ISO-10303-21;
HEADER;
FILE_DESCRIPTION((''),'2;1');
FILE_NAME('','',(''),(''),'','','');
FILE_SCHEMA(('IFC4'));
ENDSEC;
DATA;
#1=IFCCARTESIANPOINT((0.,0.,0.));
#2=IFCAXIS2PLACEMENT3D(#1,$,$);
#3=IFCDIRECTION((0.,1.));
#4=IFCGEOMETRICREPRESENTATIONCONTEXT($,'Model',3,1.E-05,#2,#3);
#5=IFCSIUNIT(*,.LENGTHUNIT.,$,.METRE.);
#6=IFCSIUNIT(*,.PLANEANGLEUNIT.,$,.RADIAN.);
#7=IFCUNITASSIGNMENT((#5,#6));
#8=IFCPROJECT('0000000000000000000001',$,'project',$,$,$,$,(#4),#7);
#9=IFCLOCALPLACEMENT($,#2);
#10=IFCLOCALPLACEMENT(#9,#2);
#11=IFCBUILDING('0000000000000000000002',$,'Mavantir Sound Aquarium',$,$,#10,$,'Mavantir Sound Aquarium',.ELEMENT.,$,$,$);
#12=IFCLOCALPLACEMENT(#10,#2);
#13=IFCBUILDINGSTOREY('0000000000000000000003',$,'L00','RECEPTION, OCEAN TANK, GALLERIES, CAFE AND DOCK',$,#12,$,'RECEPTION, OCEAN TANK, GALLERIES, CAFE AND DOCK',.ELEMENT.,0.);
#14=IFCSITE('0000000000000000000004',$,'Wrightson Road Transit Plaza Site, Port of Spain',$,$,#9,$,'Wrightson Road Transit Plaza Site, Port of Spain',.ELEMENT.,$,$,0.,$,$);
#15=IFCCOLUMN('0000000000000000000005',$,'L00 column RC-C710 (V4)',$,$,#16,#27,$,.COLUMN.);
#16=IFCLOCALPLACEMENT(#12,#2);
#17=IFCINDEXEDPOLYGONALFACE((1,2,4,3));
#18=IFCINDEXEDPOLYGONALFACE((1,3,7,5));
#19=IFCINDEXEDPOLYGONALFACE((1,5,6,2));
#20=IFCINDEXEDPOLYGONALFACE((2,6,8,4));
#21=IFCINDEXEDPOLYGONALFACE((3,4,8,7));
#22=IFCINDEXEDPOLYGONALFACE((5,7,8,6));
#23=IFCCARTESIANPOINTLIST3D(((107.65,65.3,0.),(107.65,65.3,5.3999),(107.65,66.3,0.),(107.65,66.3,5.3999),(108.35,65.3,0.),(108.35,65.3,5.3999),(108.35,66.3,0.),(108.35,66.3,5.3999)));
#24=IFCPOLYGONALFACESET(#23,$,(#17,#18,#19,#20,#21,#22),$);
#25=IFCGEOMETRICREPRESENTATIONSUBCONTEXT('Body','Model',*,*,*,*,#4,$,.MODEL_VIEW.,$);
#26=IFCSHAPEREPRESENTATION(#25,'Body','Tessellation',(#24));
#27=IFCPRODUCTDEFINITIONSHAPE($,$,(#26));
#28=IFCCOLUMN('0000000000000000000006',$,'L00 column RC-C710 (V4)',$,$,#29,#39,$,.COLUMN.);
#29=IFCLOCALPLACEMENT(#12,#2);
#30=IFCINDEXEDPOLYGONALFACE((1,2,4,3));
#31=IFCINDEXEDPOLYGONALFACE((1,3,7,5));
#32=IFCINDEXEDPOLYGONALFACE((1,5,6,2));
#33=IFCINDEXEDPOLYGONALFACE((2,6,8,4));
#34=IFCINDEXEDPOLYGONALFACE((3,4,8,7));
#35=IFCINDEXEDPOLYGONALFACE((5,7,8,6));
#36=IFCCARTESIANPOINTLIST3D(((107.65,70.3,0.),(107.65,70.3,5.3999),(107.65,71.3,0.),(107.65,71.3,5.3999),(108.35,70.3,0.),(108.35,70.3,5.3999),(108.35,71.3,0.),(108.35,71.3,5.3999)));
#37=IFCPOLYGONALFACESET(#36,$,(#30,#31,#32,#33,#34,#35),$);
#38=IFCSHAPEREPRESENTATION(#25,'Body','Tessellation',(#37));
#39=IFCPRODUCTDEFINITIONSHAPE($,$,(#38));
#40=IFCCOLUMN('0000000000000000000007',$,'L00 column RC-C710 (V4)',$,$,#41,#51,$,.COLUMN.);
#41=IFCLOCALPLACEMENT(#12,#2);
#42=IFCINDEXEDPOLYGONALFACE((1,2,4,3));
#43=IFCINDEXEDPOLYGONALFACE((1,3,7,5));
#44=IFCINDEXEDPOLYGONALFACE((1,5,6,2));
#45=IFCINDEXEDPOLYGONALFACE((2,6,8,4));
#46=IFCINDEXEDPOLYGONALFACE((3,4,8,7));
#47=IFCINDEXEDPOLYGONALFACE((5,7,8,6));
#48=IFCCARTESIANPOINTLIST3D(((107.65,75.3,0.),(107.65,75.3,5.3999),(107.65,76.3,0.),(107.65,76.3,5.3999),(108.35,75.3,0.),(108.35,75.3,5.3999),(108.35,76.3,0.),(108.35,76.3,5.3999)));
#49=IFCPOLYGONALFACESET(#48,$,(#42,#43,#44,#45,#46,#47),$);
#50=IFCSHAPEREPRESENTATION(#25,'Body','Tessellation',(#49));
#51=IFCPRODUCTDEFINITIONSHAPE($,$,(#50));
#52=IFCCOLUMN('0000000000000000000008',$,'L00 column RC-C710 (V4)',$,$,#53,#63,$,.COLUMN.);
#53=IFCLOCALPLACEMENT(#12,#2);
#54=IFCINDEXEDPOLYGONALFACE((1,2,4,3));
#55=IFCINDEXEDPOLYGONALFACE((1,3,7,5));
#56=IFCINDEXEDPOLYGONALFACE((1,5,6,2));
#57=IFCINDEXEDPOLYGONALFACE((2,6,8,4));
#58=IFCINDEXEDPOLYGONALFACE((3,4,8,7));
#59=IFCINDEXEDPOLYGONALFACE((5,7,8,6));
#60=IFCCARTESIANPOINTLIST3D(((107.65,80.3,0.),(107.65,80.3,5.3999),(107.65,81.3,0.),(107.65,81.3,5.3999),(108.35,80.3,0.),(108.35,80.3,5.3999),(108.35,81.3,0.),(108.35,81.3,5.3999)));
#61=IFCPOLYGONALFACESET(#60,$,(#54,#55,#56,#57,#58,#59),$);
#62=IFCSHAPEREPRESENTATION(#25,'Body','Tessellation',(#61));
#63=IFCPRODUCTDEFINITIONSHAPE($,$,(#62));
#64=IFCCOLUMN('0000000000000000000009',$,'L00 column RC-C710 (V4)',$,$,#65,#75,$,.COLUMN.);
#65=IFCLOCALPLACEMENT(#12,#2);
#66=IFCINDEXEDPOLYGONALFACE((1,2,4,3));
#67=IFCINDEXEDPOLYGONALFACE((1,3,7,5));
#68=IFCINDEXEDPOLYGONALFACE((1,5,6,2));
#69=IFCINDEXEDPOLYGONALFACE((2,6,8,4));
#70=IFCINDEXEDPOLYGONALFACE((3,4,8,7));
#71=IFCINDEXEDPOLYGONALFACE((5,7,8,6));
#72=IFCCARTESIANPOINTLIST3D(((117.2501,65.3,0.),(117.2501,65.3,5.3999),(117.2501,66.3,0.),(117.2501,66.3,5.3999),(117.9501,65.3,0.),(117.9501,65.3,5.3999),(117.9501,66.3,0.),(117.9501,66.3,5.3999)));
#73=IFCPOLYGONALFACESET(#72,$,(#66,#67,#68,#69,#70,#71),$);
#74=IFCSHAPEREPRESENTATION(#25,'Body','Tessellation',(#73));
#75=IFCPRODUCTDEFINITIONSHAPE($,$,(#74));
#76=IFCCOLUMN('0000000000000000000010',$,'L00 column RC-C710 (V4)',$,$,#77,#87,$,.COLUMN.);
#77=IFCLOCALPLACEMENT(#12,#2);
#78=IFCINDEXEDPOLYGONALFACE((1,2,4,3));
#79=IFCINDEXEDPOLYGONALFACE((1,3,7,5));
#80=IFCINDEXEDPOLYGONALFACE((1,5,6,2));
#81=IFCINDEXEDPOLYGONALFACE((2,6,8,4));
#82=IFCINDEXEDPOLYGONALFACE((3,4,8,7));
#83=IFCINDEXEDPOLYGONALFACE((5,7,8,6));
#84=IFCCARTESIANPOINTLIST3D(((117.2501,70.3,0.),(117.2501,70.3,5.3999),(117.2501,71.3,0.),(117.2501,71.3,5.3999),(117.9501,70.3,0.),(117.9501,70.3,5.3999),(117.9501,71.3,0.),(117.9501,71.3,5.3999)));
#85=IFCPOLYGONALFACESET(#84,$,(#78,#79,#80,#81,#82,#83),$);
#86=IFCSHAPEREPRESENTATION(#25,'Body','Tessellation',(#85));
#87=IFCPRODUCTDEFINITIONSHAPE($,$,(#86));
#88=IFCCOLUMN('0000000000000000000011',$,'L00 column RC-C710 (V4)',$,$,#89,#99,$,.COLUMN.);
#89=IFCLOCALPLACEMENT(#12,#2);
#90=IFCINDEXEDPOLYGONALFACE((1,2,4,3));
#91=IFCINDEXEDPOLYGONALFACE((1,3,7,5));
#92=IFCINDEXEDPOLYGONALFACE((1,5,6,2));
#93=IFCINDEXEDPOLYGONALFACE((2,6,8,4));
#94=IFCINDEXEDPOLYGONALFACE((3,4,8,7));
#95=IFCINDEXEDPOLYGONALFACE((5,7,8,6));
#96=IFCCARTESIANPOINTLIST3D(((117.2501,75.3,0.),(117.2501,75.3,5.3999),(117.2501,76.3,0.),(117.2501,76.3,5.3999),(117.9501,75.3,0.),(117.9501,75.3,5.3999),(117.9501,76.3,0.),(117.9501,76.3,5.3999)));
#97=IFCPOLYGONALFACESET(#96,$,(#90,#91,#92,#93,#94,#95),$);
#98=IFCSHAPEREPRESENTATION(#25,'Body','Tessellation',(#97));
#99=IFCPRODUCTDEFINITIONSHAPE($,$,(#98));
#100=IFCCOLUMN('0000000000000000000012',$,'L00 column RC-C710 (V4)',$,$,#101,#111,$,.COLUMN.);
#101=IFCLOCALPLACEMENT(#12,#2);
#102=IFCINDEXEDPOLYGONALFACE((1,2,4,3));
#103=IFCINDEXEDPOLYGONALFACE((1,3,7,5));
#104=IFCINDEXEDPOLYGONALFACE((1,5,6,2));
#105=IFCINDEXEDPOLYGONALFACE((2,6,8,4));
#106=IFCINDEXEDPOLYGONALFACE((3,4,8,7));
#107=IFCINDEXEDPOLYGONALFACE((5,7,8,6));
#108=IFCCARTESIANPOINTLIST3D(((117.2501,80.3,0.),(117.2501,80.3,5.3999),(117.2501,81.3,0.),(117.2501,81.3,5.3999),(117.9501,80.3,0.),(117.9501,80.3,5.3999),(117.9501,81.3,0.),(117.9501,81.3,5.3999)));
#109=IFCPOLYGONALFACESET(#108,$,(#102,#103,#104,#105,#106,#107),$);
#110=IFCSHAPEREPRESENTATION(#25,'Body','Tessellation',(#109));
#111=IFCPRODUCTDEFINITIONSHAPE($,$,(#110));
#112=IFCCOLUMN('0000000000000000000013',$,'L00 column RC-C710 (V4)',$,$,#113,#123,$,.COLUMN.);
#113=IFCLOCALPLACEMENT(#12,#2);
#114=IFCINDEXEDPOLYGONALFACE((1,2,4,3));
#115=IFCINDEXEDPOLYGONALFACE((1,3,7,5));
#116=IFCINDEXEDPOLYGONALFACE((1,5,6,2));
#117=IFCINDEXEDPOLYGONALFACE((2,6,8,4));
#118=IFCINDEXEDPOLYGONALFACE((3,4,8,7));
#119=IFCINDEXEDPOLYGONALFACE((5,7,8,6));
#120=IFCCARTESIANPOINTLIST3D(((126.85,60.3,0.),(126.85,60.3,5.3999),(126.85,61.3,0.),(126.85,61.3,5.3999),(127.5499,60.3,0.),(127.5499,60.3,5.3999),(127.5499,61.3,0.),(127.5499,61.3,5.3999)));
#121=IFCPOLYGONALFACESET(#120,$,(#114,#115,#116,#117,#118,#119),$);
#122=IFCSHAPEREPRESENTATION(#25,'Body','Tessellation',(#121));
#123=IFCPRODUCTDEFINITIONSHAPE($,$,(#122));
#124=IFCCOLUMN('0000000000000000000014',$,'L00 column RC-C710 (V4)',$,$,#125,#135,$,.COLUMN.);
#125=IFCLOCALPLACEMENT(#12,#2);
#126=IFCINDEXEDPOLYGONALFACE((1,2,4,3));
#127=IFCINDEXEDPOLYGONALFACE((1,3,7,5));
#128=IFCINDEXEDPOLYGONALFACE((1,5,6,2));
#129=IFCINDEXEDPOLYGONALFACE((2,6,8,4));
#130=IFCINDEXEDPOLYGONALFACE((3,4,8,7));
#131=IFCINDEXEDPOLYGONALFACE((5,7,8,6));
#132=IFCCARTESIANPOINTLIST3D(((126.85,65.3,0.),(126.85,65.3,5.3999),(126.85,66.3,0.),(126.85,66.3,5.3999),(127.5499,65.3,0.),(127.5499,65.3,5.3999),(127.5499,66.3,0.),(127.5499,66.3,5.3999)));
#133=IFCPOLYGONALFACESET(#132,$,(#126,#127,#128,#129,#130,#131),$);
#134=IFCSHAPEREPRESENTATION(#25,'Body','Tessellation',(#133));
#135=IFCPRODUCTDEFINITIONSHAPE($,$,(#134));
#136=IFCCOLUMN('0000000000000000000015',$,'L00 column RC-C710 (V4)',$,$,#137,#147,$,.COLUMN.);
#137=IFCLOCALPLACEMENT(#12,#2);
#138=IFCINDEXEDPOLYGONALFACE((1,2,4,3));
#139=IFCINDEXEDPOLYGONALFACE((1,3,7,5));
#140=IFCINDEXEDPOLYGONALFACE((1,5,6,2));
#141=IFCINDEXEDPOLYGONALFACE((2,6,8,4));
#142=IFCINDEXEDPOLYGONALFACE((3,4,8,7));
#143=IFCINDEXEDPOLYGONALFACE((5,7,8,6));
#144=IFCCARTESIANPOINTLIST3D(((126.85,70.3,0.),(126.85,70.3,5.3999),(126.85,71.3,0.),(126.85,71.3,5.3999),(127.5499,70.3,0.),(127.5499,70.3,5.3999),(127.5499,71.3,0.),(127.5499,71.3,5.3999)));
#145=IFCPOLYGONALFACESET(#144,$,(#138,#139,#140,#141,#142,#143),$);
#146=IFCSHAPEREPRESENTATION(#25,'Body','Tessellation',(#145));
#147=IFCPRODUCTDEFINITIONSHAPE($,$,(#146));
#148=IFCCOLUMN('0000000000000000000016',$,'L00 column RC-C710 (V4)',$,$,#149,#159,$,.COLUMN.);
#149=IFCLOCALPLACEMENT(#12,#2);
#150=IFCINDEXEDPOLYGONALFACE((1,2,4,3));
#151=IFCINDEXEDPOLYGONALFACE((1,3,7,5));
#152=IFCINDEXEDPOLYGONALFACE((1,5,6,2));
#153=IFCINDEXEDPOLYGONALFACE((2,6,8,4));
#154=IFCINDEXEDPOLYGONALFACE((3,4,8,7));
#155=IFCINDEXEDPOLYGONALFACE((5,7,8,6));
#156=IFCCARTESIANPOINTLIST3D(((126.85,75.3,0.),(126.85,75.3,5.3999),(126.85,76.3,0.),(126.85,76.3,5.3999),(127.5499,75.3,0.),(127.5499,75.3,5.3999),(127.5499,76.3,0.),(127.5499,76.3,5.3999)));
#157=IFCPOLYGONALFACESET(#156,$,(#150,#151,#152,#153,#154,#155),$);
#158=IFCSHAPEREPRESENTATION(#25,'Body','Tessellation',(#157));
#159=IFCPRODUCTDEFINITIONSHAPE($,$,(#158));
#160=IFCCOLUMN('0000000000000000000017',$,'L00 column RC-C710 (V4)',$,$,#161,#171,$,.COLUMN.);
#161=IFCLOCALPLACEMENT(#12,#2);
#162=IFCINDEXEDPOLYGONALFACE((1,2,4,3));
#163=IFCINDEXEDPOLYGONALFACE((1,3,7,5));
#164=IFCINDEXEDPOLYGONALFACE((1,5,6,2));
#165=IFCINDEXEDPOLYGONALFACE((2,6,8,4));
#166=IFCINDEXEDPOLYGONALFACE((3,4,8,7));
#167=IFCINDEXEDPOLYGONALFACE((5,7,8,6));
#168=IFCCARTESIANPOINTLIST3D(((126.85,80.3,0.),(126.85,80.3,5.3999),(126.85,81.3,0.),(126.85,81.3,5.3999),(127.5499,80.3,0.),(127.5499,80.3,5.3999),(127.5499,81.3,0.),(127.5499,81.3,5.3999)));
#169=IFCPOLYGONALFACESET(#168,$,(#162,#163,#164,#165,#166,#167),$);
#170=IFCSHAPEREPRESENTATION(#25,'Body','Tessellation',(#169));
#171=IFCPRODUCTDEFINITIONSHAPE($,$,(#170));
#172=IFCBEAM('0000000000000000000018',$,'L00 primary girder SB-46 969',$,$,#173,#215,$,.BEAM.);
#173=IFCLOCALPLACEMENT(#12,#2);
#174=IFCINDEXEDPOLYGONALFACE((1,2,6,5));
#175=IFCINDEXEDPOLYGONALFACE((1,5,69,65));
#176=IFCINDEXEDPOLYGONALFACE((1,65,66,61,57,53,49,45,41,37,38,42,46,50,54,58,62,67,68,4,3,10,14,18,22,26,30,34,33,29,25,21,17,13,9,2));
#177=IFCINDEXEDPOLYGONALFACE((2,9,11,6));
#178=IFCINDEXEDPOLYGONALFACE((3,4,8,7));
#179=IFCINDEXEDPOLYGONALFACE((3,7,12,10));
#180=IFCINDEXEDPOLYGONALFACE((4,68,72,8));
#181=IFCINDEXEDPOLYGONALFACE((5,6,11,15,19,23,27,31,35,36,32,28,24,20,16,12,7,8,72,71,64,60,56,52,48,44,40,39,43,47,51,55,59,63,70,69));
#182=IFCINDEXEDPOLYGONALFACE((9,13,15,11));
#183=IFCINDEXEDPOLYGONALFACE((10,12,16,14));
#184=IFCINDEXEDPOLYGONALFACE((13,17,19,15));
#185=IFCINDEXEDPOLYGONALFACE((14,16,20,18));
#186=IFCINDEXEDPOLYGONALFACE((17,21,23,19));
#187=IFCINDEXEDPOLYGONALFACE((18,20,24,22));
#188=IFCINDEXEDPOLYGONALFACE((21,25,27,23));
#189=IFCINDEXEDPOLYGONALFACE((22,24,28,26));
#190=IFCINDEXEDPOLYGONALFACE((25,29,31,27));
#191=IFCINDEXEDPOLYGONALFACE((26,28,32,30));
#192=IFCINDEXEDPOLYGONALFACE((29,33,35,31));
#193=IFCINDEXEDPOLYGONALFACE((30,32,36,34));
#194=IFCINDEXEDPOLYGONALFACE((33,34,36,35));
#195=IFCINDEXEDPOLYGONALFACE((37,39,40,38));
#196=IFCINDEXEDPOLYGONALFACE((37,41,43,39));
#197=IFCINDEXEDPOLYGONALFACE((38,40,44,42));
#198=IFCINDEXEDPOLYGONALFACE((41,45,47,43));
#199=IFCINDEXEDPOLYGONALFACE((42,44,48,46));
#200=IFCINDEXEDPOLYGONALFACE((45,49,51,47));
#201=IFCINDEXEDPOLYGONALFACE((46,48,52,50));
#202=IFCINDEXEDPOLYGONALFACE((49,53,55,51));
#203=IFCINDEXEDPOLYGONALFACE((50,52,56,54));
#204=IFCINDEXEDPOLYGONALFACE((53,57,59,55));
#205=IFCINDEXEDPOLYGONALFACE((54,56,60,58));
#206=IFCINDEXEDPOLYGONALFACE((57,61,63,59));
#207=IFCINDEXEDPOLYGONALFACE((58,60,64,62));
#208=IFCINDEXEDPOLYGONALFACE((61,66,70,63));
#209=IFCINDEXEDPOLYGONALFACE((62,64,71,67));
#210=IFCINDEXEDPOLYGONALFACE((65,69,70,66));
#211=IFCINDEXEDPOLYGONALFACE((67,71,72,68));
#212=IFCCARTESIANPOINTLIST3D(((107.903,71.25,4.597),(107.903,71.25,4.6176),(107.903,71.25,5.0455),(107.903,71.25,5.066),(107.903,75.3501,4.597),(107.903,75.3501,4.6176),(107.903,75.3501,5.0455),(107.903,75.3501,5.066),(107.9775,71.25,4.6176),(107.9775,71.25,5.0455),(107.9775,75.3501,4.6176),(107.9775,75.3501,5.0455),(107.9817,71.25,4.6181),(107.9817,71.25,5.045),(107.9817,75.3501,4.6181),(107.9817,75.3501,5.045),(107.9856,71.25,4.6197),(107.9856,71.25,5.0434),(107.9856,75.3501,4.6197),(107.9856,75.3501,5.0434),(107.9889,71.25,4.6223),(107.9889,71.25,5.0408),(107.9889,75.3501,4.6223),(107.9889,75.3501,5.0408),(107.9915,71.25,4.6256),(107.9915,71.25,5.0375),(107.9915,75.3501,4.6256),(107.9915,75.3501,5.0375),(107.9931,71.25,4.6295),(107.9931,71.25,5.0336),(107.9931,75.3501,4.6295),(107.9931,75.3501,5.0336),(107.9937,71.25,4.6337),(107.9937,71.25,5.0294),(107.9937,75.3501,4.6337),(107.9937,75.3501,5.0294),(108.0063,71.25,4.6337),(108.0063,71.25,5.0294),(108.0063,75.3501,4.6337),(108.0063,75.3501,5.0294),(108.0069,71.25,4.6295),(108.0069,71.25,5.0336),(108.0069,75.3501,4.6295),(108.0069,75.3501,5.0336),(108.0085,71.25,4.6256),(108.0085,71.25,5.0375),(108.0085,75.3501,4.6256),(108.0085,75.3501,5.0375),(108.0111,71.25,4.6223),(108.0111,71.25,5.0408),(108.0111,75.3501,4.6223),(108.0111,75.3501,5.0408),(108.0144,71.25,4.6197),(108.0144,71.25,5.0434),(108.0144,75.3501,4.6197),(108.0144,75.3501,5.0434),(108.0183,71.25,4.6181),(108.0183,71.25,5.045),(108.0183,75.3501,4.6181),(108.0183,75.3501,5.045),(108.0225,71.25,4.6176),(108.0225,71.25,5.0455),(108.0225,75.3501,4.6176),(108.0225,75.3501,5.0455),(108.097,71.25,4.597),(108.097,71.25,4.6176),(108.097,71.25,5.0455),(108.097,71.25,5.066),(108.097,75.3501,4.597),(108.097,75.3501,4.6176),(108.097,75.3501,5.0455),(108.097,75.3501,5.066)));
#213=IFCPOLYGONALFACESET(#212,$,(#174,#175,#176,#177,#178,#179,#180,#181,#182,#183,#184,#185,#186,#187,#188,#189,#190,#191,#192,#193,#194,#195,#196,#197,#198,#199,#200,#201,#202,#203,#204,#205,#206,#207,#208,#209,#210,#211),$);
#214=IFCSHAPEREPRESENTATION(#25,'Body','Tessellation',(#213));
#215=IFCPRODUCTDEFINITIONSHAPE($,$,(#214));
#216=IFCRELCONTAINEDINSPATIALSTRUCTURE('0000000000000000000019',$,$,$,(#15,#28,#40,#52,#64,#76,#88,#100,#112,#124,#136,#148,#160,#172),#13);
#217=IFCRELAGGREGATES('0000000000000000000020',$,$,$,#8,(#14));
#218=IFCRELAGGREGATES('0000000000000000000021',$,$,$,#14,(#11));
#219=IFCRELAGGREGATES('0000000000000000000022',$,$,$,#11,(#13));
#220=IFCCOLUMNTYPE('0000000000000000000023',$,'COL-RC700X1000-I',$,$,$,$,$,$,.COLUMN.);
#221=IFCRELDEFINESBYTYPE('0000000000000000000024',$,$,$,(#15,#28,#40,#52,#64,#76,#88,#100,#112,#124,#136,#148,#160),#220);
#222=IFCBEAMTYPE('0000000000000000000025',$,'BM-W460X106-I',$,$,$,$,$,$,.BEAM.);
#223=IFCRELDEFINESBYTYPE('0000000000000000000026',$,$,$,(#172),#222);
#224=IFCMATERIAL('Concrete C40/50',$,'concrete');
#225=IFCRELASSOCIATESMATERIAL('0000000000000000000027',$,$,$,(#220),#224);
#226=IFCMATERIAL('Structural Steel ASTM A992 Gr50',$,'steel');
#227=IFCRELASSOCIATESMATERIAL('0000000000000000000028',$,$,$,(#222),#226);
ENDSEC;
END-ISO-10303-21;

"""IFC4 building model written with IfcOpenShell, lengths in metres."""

from ifc_helpers import new_model, si_unit, direction, frame, origin, origin_2d, place, context, subcontext, project, spatial, rectangle, i_section, extrude, material, material_profile, profile_set, type_object, element, save


model = new_model("IFC4")

# Units and contexts
model_context = context("Model", 3, precision=1e-05, world=origin(), true_north=direction((0.0, 1.0)))
body_context = subcontext(model_context, "Body", "Model", "MODEL_VIEW")
ifc_project = project(units=[si_unit("LENGTHUNIT", "METRE"), si_unit("PLANEANGLEUNIT", "RADIAN")], contexts=[model_context])

# Site, building, storey
site_placement = place(None, origin())
site = spatial("IfcSite", under=ifc_project, at=site_placement, Name="Wrightson Road Transit Plaza Site, Port of Spain", LongName="Wrightson Road Transit Plaza Site, Port of Spain", CompositionType="ELEMENT", RefElevation=0.0)
building_placement = place(site_placement, origin())
building = spatial("IfcBuilding", under=site, at=building_placement, Name="Mavantir Sound Aquarium", LongName="Mavantir Sound Aquarium", CompositionType="ELEMENT")
storey_placement = place(building_placement, origin())
storey = spatial("IfcBuildingStorey", under=building, at=storey_placement, Name="L00", Description="RECEPTION, OCEAN TANK, GALLERIES, CAFE AND DOCK", LongName="RECEPTION, OCEAN TANK, GALLERIES, CAFE AND DOCK", CompositionType="ELEMENT", Elevation=0.0)

# Columns
ifc_material_1 = material(Name="Concrete C40/50", Category="concrete")
ifc_material_profile_1 = material_profile(ifc_material_1, rectangle(XDim=0.7, YDim=1.0, at=origin_2d()), Name="RC 700X1000")
ifc_profile_set_1 = profile_set([ifc_material_profile_1], Name="Concrete C40/50")
column_type = type_object("IfcColumnType", Name="COL-RC700X1000-I", PredefinedType="COLUMN", material=ifc_profile_set_1)
for number, where, z_axis, x_axis, name in (
    (1, (108.0, 65.8, 0.0), (0.0, 0.0, 1.0), (1.0, 0.0, 0.0), "L00 column RC-C710 (V4)"),
    (2, (108.0, 70.8, 0.0), (0.0, 0.0, 1.0), (1.0, 0.0, 0.0), "L00 column RC-C710 (V4)"),
    (3, (108.0, 75.8, 0.0), (0.0, 0.0, 1.0), (1.0, 0.0, 0.0), "L00 column RC-C710 (V4)"),
    (4, (108.0, 80.8, 0.0), (0.0, 0.0, 1.0), (1.0, 0.0, 0.0), "L00 column RC-C710 (V4)"),
    (5, (117.6001, 65.8, 0.0), (0.0, 0.0, 1.0), (1.0, 0.0, 0.0), "L00 column RC-C710 (V4)"),
    (6, (117.6001, 70.8, 0.0), (0.0, 0.0, 1.0), (1.0, 0.0, 0.0), "L00 column RC-C710 (V4)"),
    (7, (117.6001, 75.8, 0.0), (0.0, 0.0, 1.0), (1.0, 0.0, 0.0), "L00 column RC-C710 (V4)"),
    (8, (117.6001, 80.8, 0.0), (0.0, 0.0, 1.0), (1.0, 0.0, 0.0), "L00 column RC-C710 (V4)"),
    (9, (127.2, 60.8, 0.0), (0.0, 0.0, 1.0), (1.0, 0.0, 0.0), "L00 column RC-C710 (V4)"),
    (10, (127.2, 65.8, 0.0), (0.0, 0.0, 1.0), (1.0, 0.0, 0.0), "L00 column RC-C710 (V4)"),
    (11, (127.2, 70.8, 0.0), (0.0, 0.0, 1.0), (1.0, 0.0, 0.0), "L00 column RC-C710 (V4)"),
    (12, (127.2, 75.8, 0.0), (0.0, 0.0, 1.0), (1.0, 0.0, 0.0), "L00 column RC-C710 (V4)"),
    (13, (127.2, 80.8, 0.0), (0.0, 0.0, 1.0), (1.0, 0.0, 0.0), "L00 column RC-C710 (V4)"),
):
    element("IfcColumn", number, at=place(storey_placement, frame(where, z_axis=z_axis, x_axis=x_axis)), inside=storey, type_object=column_type, Name=name, PredefinedType="COLUMN", context=body_context, shape_type="SweptSolid", body=[
        extrude(rectangle(XDim=0.7, YDim=1.0, at=origin_2d()), origin(), (0.0, 0.0, 1.0), 5.3999),
    ])

# Beam
ifc_material_2 = material(Name="Structural Steel ASTM A992 Gr50", Category="steel")
ifc_material_profile_2 = material_profile(ifc_material_2, i_section(OverallWidth=0.1941, OverallDepth=0.469, WebThickness=0.0127, FlangeThickness=0.0205, FilletRadius=0.0161, at=origin_2d()), Name="W460X106")
ifc_profile_set_2 = profile_set([ifc_material_profile_2], Name="Structural Steel ASTM A992 Gr50")
beam_type_1 = type_object("IfcBeamType", Name="BM-W460X106-I", PredefinedType="BEAM", material=ifc_profile_set_2)
for number, where, z_axis, x_axis, name in (
    (14, (108.0, 71.25, 4.8315), (0.0, 1.0, 0.0), (-1.0, 0.0, 0.0), "L00 primary girder SB-46 969"),
):
    element("IfcBeam", number, at=place(storey_placement, frame(where, z_axis=z_axis, x_axis=x_axis)), inside=storey, type_object=beam_type_1, Name=name, PredefinedType="BEAM", context=body_context, shape_type="SweptSolid", body=[
        extrude(i_section(OverallWidth=0.1941, OverallDepth=0.469, WebThickness=0.0127, FlangeThickness=0.0205, FilletRadius=0.0161, at=origin_2d()), origin(), (0.0, 0.0, 1.0), 4.1001),
    ])

save(model, "model.ifc")
